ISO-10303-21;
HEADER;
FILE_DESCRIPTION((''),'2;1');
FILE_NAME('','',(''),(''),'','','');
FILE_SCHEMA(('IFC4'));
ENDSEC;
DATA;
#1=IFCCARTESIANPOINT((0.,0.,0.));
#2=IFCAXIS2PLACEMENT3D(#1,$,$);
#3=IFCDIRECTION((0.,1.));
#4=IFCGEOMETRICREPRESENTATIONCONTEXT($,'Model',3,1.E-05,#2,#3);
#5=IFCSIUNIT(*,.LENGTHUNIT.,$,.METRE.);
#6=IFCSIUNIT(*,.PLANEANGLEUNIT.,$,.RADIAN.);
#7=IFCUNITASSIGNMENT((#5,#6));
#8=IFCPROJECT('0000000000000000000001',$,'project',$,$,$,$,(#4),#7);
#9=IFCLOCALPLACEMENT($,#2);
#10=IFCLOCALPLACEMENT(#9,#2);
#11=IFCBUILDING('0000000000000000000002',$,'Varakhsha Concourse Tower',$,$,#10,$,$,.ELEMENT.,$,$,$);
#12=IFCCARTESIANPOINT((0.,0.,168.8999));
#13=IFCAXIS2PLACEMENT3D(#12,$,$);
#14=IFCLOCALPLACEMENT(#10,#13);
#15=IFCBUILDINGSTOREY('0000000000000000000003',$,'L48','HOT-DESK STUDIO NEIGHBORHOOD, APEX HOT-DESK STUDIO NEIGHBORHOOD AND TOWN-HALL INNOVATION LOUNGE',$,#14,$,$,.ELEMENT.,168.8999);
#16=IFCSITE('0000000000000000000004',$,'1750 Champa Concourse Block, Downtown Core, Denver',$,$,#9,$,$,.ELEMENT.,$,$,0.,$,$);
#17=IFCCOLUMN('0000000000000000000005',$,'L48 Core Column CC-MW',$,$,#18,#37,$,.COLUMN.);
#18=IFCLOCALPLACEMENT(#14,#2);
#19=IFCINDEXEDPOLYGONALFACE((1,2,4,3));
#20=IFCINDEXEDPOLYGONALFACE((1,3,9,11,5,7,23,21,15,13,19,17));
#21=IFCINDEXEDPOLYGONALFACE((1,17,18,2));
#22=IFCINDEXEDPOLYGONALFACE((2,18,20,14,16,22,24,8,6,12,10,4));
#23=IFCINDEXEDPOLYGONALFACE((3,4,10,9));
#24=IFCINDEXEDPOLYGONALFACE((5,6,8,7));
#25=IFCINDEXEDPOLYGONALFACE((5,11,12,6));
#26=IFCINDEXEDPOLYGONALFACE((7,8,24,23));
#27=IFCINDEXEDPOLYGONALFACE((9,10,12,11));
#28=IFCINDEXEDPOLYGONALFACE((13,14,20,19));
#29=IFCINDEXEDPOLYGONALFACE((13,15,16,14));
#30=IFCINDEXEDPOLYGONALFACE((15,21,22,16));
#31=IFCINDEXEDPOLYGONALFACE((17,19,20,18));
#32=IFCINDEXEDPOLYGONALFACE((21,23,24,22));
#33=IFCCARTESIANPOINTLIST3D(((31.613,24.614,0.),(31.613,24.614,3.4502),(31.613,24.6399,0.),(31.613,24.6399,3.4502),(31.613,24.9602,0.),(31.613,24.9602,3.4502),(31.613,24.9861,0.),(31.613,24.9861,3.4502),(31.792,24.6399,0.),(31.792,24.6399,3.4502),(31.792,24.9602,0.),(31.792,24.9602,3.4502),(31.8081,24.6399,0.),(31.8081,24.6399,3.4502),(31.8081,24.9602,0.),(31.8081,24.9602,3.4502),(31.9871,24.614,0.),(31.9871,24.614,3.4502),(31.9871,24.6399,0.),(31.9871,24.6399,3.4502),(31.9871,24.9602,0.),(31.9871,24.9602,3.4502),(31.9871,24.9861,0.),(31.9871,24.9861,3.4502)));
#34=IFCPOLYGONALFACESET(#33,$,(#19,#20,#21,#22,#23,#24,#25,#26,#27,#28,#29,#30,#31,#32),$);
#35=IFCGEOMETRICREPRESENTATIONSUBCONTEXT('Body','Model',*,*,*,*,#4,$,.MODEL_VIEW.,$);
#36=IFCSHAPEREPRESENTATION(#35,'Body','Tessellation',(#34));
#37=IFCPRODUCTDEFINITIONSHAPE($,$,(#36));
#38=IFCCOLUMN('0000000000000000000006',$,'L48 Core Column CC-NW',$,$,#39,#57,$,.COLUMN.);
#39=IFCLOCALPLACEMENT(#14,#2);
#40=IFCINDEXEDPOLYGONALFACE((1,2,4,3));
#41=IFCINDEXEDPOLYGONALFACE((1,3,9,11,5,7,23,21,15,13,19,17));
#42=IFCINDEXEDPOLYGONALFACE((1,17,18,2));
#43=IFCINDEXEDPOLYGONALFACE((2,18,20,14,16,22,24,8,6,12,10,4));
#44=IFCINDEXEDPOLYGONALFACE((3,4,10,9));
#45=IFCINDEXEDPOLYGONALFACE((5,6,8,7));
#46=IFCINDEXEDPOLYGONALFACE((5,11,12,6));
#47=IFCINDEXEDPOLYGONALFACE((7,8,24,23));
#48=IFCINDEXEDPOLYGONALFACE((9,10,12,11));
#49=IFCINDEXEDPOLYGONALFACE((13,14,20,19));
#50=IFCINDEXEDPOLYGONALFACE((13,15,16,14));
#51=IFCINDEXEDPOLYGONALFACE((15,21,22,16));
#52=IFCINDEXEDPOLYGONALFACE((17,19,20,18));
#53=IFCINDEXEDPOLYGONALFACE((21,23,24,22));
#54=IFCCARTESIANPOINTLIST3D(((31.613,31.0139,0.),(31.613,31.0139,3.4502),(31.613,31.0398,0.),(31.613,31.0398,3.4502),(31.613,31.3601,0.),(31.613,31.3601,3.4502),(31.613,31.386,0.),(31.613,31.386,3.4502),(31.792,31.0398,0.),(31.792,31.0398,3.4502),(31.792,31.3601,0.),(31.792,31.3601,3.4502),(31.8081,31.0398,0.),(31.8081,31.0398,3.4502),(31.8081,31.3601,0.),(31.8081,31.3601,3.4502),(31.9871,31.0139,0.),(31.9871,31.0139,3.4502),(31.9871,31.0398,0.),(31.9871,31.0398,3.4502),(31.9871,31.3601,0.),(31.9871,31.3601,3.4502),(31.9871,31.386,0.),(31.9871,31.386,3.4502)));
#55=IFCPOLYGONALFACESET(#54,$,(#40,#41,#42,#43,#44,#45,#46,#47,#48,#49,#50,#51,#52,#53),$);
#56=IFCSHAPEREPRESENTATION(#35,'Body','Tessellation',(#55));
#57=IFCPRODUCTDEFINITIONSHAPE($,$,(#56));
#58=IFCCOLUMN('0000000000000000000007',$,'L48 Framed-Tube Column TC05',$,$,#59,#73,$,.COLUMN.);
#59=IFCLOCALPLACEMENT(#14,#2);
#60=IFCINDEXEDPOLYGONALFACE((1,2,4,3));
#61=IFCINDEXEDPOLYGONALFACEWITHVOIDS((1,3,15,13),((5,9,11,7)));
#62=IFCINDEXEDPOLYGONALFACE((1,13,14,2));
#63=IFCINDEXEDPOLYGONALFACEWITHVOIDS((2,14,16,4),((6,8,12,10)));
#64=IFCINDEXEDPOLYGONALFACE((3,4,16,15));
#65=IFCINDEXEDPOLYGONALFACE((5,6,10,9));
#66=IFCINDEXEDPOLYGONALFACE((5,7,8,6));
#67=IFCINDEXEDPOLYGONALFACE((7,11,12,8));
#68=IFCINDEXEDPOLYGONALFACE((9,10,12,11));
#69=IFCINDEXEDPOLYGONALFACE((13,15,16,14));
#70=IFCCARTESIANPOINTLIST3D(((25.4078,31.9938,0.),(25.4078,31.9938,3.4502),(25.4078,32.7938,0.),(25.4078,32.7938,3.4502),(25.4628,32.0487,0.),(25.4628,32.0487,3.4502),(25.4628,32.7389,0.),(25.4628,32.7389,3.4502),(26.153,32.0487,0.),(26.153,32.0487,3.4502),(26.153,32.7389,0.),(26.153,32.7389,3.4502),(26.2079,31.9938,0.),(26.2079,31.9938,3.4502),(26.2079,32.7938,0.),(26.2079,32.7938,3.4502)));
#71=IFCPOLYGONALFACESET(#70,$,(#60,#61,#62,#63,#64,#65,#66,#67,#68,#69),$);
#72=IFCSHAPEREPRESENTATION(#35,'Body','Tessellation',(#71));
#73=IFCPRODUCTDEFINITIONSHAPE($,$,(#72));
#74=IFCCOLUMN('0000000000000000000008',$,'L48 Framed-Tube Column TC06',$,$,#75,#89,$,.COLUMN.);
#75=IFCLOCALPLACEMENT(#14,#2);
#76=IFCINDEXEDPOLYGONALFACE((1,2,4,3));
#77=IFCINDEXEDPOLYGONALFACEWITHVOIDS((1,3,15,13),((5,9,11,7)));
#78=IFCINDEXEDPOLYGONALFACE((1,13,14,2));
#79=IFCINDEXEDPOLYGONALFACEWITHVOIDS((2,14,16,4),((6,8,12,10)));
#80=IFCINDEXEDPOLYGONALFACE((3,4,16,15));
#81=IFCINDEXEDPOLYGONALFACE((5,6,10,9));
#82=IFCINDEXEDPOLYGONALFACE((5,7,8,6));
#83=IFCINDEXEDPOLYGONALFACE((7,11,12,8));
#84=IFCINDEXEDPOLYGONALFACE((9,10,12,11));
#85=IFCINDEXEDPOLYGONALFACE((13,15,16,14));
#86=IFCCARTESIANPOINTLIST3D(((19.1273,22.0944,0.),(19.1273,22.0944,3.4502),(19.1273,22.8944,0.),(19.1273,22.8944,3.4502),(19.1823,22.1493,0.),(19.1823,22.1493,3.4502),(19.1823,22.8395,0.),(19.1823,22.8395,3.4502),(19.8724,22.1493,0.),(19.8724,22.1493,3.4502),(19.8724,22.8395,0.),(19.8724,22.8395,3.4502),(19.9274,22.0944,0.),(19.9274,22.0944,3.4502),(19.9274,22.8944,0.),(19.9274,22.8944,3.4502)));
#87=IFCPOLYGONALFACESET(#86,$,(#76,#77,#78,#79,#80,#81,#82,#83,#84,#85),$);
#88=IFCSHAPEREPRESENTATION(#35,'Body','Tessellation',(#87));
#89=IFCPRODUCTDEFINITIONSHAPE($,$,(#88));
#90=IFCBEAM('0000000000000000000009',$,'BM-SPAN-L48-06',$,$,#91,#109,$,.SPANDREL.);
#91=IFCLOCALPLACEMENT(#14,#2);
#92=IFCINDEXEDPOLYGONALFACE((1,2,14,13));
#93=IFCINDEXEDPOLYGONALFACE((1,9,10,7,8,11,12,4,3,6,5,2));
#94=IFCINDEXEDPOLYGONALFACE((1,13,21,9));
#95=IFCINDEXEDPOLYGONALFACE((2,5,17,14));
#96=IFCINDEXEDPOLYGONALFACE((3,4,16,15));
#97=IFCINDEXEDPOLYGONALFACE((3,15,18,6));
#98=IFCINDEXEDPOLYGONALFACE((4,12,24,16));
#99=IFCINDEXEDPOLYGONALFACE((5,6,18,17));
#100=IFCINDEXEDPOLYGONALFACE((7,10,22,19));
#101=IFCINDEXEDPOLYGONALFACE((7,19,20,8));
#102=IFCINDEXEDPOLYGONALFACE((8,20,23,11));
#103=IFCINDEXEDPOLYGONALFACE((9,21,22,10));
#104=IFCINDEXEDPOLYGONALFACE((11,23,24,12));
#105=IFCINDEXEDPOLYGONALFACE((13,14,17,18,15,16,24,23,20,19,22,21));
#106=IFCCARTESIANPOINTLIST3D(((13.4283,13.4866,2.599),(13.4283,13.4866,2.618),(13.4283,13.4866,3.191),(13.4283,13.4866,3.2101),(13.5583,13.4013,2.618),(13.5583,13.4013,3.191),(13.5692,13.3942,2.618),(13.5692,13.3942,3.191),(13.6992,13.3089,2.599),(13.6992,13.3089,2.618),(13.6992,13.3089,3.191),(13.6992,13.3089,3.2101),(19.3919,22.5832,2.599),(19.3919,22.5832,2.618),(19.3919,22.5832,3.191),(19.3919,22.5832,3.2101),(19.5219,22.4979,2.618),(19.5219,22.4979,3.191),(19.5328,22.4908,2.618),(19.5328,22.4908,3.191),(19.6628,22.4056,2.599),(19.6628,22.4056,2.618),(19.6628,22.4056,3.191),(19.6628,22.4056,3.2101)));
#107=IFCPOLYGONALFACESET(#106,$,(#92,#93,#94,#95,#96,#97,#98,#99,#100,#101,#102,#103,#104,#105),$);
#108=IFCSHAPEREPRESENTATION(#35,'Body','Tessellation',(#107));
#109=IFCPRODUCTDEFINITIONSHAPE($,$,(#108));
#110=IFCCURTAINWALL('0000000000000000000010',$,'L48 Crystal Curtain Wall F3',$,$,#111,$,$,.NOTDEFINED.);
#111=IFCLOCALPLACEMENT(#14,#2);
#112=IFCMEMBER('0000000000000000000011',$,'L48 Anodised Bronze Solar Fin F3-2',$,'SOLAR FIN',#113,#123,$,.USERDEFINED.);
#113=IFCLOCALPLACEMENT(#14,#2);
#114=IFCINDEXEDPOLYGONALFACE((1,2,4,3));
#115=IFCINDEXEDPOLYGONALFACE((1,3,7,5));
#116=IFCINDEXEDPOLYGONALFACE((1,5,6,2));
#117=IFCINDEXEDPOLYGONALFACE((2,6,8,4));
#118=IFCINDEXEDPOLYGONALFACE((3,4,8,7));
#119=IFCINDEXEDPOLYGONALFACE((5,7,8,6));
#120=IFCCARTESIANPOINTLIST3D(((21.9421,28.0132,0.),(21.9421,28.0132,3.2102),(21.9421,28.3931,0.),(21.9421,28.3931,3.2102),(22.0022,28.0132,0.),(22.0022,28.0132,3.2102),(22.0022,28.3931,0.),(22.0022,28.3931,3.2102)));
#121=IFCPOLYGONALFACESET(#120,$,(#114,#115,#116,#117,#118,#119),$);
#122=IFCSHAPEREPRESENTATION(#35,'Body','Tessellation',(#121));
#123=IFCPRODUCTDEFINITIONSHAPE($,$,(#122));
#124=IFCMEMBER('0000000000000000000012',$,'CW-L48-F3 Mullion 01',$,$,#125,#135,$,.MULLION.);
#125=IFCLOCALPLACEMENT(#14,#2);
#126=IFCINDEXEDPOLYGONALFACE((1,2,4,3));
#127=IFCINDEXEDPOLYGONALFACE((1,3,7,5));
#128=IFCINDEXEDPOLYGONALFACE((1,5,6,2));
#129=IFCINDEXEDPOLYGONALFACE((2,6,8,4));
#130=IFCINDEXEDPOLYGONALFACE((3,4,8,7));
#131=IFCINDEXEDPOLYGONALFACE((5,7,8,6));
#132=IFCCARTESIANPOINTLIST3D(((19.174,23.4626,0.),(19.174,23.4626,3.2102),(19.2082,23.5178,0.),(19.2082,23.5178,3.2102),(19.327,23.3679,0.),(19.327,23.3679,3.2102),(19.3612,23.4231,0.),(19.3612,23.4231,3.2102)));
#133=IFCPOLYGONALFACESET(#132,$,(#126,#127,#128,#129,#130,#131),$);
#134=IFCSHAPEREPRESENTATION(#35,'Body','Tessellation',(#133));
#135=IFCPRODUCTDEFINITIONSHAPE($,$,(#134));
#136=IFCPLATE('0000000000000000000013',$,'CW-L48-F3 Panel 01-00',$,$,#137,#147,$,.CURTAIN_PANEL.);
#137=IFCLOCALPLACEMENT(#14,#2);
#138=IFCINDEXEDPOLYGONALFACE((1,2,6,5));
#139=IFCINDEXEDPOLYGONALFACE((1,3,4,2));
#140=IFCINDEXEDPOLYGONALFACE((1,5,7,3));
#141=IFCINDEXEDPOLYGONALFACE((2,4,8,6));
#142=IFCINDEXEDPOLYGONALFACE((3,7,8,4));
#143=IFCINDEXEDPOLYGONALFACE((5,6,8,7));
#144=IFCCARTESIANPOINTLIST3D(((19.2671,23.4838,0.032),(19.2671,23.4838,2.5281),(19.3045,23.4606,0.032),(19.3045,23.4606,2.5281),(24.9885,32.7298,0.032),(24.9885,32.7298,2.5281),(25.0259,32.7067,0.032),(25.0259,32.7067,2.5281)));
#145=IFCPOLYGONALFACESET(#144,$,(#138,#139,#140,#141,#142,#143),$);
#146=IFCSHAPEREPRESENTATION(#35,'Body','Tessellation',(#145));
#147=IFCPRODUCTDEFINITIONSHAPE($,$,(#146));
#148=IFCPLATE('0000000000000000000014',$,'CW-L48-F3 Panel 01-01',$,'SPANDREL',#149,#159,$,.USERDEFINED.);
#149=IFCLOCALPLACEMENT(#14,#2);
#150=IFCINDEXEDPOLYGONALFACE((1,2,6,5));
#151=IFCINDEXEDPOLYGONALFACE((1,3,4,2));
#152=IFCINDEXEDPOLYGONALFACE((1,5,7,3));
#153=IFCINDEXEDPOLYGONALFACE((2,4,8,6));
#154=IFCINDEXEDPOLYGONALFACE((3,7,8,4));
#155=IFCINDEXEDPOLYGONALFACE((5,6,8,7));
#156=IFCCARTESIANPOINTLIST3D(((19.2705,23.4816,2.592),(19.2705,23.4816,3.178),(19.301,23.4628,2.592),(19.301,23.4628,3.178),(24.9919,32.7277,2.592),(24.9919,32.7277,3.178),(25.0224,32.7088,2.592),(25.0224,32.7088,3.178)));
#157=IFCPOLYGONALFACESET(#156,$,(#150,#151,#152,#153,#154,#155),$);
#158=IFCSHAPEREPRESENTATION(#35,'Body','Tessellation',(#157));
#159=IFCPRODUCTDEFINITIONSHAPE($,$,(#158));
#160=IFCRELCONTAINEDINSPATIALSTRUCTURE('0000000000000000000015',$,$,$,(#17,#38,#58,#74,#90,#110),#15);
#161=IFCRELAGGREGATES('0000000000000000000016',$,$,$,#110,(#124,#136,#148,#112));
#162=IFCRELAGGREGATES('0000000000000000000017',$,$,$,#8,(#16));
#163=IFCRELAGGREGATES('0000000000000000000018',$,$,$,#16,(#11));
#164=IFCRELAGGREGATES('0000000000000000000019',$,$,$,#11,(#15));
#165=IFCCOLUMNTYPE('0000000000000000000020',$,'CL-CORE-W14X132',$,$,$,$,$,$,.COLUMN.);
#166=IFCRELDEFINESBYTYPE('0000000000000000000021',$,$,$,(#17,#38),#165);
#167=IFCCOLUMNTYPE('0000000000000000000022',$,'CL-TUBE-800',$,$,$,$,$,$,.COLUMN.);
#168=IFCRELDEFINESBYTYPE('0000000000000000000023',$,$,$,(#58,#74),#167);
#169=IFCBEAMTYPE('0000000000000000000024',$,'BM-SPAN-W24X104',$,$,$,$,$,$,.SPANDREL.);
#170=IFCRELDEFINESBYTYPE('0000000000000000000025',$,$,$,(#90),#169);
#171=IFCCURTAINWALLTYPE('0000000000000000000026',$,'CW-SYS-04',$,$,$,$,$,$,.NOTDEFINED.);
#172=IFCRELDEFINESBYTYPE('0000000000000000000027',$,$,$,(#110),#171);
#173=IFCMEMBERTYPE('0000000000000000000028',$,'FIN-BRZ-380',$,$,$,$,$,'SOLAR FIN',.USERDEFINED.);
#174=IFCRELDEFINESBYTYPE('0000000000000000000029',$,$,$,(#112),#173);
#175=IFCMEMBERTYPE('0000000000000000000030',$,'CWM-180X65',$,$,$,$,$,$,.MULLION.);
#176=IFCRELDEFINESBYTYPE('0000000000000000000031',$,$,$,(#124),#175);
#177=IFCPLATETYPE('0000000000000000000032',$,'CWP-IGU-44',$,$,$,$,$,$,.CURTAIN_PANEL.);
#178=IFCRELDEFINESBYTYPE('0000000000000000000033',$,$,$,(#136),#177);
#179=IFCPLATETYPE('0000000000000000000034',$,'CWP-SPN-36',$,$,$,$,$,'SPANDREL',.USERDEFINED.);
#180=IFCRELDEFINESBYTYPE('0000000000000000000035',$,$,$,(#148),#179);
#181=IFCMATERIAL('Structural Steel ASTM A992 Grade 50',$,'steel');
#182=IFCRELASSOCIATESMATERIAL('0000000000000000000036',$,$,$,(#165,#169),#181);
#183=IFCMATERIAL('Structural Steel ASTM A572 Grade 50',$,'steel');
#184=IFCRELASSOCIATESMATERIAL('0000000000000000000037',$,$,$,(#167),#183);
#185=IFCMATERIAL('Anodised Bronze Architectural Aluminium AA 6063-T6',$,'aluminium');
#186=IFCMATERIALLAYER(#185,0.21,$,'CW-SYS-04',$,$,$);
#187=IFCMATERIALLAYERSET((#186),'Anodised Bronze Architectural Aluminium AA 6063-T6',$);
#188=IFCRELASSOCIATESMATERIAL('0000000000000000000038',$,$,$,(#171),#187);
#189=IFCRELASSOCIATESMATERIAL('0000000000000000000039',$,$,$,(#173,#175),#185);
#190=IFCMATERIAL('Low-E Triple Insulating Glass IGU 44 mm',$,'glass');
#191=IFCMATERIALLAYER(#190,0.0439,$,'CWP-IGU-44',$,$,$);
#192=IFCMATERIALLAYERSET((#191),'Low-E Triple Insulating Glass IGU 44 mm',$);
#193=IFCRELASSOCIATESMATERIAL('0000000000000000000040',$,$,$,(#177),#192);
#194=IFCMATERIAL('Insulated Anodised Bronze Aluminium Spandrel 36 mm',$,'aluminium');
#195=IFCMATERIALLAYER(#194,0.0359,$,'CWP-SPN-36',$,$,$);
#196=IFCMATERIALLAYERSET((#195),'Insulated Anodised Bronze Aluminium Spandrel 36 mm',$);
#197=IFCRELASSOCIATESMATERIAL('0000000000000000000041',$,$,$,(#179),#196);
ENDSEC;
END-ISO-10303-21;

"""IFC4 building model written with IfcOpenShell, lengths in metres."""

from ifc_helpers import new_model, si_unit, direction, frame, origin, origin_2d, place, context, subcontext, project, spatial, rectangle, hollow_rectangle, i_section, extrude, source, transform, mapped, material, layer, layer_set, material_profile, profile_set, type_object, type_shapes, element, aggregate, save


model = new_model("IFC4")

# Units and contexts
model_context = context("Model", 3, precision=1e-05, world=origin(), true_north=direction((0.0, 1.0)))
body_context = subcontext(model_context, "Body", "Model", "MODEL_VIEW")
ifc_project = project(units=[si_unit("LENGTHUNIT", "METRE"), si_unit("PLANEANGLEUNIT", "RADIAN")], contexts=[model_context])

# Site, building, storey
site_placement = place(None, origin())
site = spatial("IfcSite", under=ifc_project, at=site_placement, Name="1750 Champa Concourse Block, Downtown Core, Denver", CompositionType="ELEMENT", RefElevation=0.0)
building_placement = place(site_placement, origin())
building = spatial("IfcBuilding", under=site, at=building_placement, Name="Varakhsha Concourse Tower", CompositionType="ELEMENT")
storey_placement = place(building_placement, frame((0.0, 0.0, 168.8999)))
storey = spatial("IfcBuildingStorey", under=building, at=storey_placement, Name="L48", Description="HOT-DESK STUDIO NEIGHBORHOOD, APEX HOT-DESK STUDIO NEIGHBORHOOD AND TOWN-HALL INNOVATION LOUNGE", CompositionType="ELEMENT", Elevation=168.8999)

# Columns
ifc_material_1 = material(Name="Structural Steel ASTM A992 Grade 50", Category="steel")
ifc_material_profile_1 = material_profile(ifc_material_1, i_section(OverallWidth=0.374, OverallDepth=0.3721, WebThickness=0.0161, FlangeThickness=0.0259, at=origin_2d()), Name="W14X132")
ifc_profile_set_1 = profile_set([ifc_material_profile_1], Name="Structural Steel ASTM A992 Grade 50")
column_type_1 = type_object("IfcColumnType", Name="CL-CORE-W14X132", PredefinedType="COLUMN", material=ifc_profile_set_1)
for number, where, z_axis, x_axis, name in (
    (1, (31.8, 24.8, 0.0), (0.0, 0.0, 1.0), (1.0, 0.0, 0.0), "L48 Core Column CC-MW"),
    (2, (31.8, 31.2, 0.0), (0.0, 0.0, 1.0), (1.0, 0.0, 0.0), "L48 Core Column CC-NW"),
):
    element("IfcColumn", number, at=place(storey_placement, frame(where, z_axis=z_axis, x_axis=x_axis)), inside=storey, type_object=column_type_1, Name=name, PredefinedType="COLUMN", context=body_context, shape_type="SweptSolid", body=[
        extrude(i_section(OverallWidth=0.374, OverallDepth=0.3721, WebThickness=0.0161, FlangeThickness=0.0259, at=origin_2d()), origin(), (0.0, 0.0, 1.0), 3.4502),
    ])
ifc_material_2 = material(Name="Structural Steel ASTM A572 Grade 50", Category="steel")
ifc_material_profile_2 = material_profile(ifc_material_2, hollow_rectangle(XDim=0.8, YDim=0.8, WallThickness=0.0549, at=origin_2d()), Name="BOX 800x800x55")
ifc_profile_set_2 = profile_set([ifc_material_profile_2], Name="Structural Steel ASTM A572 Grade 50")
column_type_2 = type_object("IfcColumnType", Name="CL-TUBE-800", PredefinedType="COLUMN", material=ifc_profile_set_2)
for number, where, z_axis, x_axis, name in (
    (3, (25.8079, 32.3938, 0.0), (0.0, 0.0, 1.0), (1.0, 0.0, 0.0), "L48 Framed-Tube Column TC05"),
    (4, (19.5273, 22.4944, 0.0), (0.0, 0.0, 1.0), (1.0, 0.0, 0.0), "L48 Framed-Tube Column TC06"),
):
    element("IfcColumn", number, at=place(storey_placement, frame(where, z_axis=z_axis, x_axis=x_axis)), inside=storey, type_object=column_type_2, Name=name, PredefinedType="COLUMN", context=body_context, shape_type="SweptSolid", body=[
        extrude(hollow_rectangle(XDim=0.8, YDim=0.8, WallThickness=0.0549, at=origin_2d()), origin(), (0.0, 0.0, 1.0), 3.4502),
    ])

# Beam
ifc_material_profile_3 = material_profile(ifc_material_1, i_section(OverallWidth=0.324, OverallDepth=0.6111, WebThickness=0.0129, FlangeThickness=0.019, at=origin_2d()), Name="W24X104")
ifc_profile_set_3 = profile_set([ifc_material_profile_3], Name="Structural Steel ASTM A992 Grade 50")
beam_type = type_object("IfcBeamType", Name="BM-SPAN-W24X104", PredefinedType="SPANDREL", material=ifc_profile_set_3)
beam_placement = place(storey_placement, frame((19.5273, 22.4944, 2.9045), z_axis=(-0.548266, -0.836304, 0.0), x_axis=(0.836304, -0.548266, 0.0)))
element("IfcBeam", 5, at=beam_placement, inside=storey, type_object=beam_type, Name="BM-SPAN-L48-06", PredefinedType="SPANDREL", context=body_context, shape_type="SweptSolid", body=[
    extrude(i_section(OverallWidth=0.324, OverallDepth=0.6111, WebThickness=0.0129, FlangeThickness=0.019, at=origin_2d()), origin(), (0.0, 0.0, 1.0), 10.8772),
])

# Curtain wall, members, plates
ifc_material_3 = material(Name="Anodised Bronze Architectural Aluminium AA 6063-T6", Category="aluminium")
ifc_layer_1 = layer(ifc_material_3, 0.21, Name="CW-SYS-04")
ifc_layer_set_1 = layer_set([ifc_layer_1], Name="Anodised Bronze Architectural Aluminium AA 6063-T6")
curtain_wall_type = type_object("IfcCurtainWallType", Name="CW-SYS-04", PredefinedType="NOTDEFINED", material=ifc_layer_set_1)
curtain_wall_placement = place(storey_placement, origin())
curtain_wall = element("IfcCurtainWall", 6, at=curtain_wall_placement, inside=storey, type_object=curtain_wall_type, Name="L48 Crystal Curtain Wall F3", PredefinedType="NOTDEFINED")
ifc_material_profile_4 = material_profile(ifc_material_3, rectangle(XDim=0.0601, YDim=0.3799, at=origin_2d()), Name="FIN-BRZ-380")
ifc_profile_set_4 = profile_set([ifc_material_profile_4], Name="Anodised Bronze Architectural Aluminium AA 6063-T6")
member_type_1 = type_object("IfcMemberType", Name="FIN-BRZ-380", ElementType="SOLAR FIN", PredefinedType="USERDEFINED", material=ifc_profile_set_4)
shared_shape_1 = source(origin(), body_context, "Body", "SweptSolid", [
    extrude(rectangle(XDim=0.0601, YDim=0.3799, at=origin_2d()), origin(), (0.0, 0.0, 1.0), 3.2102),
])
type_shapes(member_type_1, [shared_shape_1])
member_1_placement = place(storey_placement, frame((21.9722, 28.2031, 0.0), z_axis=(0.0, 0.0, 1.0), x_axis=(1.0, 0.0, 0.0)))
member_1 = element("IfcMember", 7, at=member_1_placement, type_object=member_type_1, Name="L48 Anodised Bronze Solar Fin F3-2", ObjectType="SOLAR FIN", PredefinedType="USERDEFINED", context=body_context, shape_type="MappedRepresentation", body=[
    mapped(shared_shape_1, transform((0.0, 0.0, 0.0), scale=1.0)),
])
ifc_material_profile_5 = material_profile(ifc_material_3, rectangle(XDim=0.0649, YDim=0.1799, at=origin_2d()), Name="CWM-180X65")
ifc_profile_set_5 = profile_set([ifc_material_profile_5], Name="Anodised Bronze Architectural Aluminium AA 6063-T6")
member_type_2 = type_object("IfcMemberType", Name="CWM-180X65", PredefinedType="MULLION", material=ifc_profile_set_5)
shared_shape_2 = source(origin(), body_context, "Body", "SweptSolid", [
    extrude(rectangle(XDim=0.0649, YDim=0.1799, at=origin_2d()), origin(), (0.0, 0.0, 1.0), 3.2102),
])
type_shapes(member_type_2, [shared_shape_2])
member_2_placement = place(storey_placement, frame((19.2676, 23.4429, 0.0), z_axis=(0.0, 0.0, 1.0), x_axis=(0.526199, 0.850361, 0.0)))
member_2 = element("IfcMember", 8, at=member_2_placement, type_object=member_type_2, Name="CW-L48-F3 Mullion 01", PredefinedType="MULLION", context=body_context, shape_type="MappedRepresentation", body=[
    mapped(shared_shape_2, transform((0.0, 0.0, 0.0), scale=1.0)),
])
ifc_material_4 = material(Name="Low-E Triple Insulating Glass IGU 44 mm", Category="glass")
ifc_layer_2 = layer(ifc_material_4, 0.0439, Name="CWP-IGU-44")
ifc_layer_set_2 = layer_set([ifc_layer_2], Name="Low-E Triple Insulating Glass IGU 44 mm")
plate_type_1 = type_object("IfcPlateType", Name="CWP-IGU-44", PredefinedType="CURTAIN_PANEL", material=ifc_layer_set_2)
shared_shape_3 = source(origin(), body_context, "Body", "SweptSolid", [
    extrude(rectangle(XDim=10.873, YDim=0.0439, at=origin_2d()), origin(), (0.0, 0.0, 1.0), 2.4961),
])
type_shapes(plate_type_1, [shared_shape_3])
plate_1_placement = place(storey_placement, frame((22.1465, 28.0952, 0.032), z_axis=(0.0, 0.0, 1.0), x_axis=(0.526199, 0.850361, 0.0)))
plate_1 = element("IfcPlate", 9, at=plate_1_placement, type_object=plate_type_1, Name="CW-L48-F3 Panel 01-00", PredefinedType="CURTAIN_PANEL", context=body_context, shape_type="MappedRepresentation", body=[
    mapped(shared_shape_3, transform((0.0, 0.0, 0.0), scale=1.0)),
])
ifc_material_5 = material(Name="Insulated Anodised Bronze Aluminium Spandrel 36 mm", Category="aluminium")
ifc_layer_3 = layer(ifc_material_5, 0.0359, Name="CWP-SPN-36")
ifc_layer_set_3 = layer_set([ifc_layer_3], Name="Insulated Anodised Bronze Aluminium Spandrel 36 mm")
plate_type_2 = type_object("IfcPlateType", Name="CWP-SPN-36", ElementType="SPANDREL", PredefinedType="USERDEFINED", material=ifc_layer_set_3)
shared_shape_4 = source(origin(), body_context, "Body", "SweptSolid", [
    extrude(rectangle(XDim=10.873, YDim=0.0359, at=origin_2d()), origin(), (0.0, 0.0, 1.0), 0.5859),
])
type_shapes(plate_type_2, [shared_shape_4])
plate_2_placement = place(storey_placement, frame((22.1465, 28.0952, 2.592), z_axis=(0.0, 0.0, 1.0), x_axis=(0.526199, 0.850361, 0.0)))
plate_2 = element("IfcPlate", 10, at=plate_2_placement, type_object=plate_type_2, Name="CW-L48-F3 Panel 01-01", ObjectType="SPANDREL", PredefinedType="USERDEFINED", context=body_context, shape_type="MappedRepresentation", body=[
    mapped(shared_shape_4, transform((0.0, 0.0, 0.0), scale=1.0)),
])
aggregate(curtain_wall, [member_2, plate_1, plate_2, member_1])

save(model, "model.ifc")
